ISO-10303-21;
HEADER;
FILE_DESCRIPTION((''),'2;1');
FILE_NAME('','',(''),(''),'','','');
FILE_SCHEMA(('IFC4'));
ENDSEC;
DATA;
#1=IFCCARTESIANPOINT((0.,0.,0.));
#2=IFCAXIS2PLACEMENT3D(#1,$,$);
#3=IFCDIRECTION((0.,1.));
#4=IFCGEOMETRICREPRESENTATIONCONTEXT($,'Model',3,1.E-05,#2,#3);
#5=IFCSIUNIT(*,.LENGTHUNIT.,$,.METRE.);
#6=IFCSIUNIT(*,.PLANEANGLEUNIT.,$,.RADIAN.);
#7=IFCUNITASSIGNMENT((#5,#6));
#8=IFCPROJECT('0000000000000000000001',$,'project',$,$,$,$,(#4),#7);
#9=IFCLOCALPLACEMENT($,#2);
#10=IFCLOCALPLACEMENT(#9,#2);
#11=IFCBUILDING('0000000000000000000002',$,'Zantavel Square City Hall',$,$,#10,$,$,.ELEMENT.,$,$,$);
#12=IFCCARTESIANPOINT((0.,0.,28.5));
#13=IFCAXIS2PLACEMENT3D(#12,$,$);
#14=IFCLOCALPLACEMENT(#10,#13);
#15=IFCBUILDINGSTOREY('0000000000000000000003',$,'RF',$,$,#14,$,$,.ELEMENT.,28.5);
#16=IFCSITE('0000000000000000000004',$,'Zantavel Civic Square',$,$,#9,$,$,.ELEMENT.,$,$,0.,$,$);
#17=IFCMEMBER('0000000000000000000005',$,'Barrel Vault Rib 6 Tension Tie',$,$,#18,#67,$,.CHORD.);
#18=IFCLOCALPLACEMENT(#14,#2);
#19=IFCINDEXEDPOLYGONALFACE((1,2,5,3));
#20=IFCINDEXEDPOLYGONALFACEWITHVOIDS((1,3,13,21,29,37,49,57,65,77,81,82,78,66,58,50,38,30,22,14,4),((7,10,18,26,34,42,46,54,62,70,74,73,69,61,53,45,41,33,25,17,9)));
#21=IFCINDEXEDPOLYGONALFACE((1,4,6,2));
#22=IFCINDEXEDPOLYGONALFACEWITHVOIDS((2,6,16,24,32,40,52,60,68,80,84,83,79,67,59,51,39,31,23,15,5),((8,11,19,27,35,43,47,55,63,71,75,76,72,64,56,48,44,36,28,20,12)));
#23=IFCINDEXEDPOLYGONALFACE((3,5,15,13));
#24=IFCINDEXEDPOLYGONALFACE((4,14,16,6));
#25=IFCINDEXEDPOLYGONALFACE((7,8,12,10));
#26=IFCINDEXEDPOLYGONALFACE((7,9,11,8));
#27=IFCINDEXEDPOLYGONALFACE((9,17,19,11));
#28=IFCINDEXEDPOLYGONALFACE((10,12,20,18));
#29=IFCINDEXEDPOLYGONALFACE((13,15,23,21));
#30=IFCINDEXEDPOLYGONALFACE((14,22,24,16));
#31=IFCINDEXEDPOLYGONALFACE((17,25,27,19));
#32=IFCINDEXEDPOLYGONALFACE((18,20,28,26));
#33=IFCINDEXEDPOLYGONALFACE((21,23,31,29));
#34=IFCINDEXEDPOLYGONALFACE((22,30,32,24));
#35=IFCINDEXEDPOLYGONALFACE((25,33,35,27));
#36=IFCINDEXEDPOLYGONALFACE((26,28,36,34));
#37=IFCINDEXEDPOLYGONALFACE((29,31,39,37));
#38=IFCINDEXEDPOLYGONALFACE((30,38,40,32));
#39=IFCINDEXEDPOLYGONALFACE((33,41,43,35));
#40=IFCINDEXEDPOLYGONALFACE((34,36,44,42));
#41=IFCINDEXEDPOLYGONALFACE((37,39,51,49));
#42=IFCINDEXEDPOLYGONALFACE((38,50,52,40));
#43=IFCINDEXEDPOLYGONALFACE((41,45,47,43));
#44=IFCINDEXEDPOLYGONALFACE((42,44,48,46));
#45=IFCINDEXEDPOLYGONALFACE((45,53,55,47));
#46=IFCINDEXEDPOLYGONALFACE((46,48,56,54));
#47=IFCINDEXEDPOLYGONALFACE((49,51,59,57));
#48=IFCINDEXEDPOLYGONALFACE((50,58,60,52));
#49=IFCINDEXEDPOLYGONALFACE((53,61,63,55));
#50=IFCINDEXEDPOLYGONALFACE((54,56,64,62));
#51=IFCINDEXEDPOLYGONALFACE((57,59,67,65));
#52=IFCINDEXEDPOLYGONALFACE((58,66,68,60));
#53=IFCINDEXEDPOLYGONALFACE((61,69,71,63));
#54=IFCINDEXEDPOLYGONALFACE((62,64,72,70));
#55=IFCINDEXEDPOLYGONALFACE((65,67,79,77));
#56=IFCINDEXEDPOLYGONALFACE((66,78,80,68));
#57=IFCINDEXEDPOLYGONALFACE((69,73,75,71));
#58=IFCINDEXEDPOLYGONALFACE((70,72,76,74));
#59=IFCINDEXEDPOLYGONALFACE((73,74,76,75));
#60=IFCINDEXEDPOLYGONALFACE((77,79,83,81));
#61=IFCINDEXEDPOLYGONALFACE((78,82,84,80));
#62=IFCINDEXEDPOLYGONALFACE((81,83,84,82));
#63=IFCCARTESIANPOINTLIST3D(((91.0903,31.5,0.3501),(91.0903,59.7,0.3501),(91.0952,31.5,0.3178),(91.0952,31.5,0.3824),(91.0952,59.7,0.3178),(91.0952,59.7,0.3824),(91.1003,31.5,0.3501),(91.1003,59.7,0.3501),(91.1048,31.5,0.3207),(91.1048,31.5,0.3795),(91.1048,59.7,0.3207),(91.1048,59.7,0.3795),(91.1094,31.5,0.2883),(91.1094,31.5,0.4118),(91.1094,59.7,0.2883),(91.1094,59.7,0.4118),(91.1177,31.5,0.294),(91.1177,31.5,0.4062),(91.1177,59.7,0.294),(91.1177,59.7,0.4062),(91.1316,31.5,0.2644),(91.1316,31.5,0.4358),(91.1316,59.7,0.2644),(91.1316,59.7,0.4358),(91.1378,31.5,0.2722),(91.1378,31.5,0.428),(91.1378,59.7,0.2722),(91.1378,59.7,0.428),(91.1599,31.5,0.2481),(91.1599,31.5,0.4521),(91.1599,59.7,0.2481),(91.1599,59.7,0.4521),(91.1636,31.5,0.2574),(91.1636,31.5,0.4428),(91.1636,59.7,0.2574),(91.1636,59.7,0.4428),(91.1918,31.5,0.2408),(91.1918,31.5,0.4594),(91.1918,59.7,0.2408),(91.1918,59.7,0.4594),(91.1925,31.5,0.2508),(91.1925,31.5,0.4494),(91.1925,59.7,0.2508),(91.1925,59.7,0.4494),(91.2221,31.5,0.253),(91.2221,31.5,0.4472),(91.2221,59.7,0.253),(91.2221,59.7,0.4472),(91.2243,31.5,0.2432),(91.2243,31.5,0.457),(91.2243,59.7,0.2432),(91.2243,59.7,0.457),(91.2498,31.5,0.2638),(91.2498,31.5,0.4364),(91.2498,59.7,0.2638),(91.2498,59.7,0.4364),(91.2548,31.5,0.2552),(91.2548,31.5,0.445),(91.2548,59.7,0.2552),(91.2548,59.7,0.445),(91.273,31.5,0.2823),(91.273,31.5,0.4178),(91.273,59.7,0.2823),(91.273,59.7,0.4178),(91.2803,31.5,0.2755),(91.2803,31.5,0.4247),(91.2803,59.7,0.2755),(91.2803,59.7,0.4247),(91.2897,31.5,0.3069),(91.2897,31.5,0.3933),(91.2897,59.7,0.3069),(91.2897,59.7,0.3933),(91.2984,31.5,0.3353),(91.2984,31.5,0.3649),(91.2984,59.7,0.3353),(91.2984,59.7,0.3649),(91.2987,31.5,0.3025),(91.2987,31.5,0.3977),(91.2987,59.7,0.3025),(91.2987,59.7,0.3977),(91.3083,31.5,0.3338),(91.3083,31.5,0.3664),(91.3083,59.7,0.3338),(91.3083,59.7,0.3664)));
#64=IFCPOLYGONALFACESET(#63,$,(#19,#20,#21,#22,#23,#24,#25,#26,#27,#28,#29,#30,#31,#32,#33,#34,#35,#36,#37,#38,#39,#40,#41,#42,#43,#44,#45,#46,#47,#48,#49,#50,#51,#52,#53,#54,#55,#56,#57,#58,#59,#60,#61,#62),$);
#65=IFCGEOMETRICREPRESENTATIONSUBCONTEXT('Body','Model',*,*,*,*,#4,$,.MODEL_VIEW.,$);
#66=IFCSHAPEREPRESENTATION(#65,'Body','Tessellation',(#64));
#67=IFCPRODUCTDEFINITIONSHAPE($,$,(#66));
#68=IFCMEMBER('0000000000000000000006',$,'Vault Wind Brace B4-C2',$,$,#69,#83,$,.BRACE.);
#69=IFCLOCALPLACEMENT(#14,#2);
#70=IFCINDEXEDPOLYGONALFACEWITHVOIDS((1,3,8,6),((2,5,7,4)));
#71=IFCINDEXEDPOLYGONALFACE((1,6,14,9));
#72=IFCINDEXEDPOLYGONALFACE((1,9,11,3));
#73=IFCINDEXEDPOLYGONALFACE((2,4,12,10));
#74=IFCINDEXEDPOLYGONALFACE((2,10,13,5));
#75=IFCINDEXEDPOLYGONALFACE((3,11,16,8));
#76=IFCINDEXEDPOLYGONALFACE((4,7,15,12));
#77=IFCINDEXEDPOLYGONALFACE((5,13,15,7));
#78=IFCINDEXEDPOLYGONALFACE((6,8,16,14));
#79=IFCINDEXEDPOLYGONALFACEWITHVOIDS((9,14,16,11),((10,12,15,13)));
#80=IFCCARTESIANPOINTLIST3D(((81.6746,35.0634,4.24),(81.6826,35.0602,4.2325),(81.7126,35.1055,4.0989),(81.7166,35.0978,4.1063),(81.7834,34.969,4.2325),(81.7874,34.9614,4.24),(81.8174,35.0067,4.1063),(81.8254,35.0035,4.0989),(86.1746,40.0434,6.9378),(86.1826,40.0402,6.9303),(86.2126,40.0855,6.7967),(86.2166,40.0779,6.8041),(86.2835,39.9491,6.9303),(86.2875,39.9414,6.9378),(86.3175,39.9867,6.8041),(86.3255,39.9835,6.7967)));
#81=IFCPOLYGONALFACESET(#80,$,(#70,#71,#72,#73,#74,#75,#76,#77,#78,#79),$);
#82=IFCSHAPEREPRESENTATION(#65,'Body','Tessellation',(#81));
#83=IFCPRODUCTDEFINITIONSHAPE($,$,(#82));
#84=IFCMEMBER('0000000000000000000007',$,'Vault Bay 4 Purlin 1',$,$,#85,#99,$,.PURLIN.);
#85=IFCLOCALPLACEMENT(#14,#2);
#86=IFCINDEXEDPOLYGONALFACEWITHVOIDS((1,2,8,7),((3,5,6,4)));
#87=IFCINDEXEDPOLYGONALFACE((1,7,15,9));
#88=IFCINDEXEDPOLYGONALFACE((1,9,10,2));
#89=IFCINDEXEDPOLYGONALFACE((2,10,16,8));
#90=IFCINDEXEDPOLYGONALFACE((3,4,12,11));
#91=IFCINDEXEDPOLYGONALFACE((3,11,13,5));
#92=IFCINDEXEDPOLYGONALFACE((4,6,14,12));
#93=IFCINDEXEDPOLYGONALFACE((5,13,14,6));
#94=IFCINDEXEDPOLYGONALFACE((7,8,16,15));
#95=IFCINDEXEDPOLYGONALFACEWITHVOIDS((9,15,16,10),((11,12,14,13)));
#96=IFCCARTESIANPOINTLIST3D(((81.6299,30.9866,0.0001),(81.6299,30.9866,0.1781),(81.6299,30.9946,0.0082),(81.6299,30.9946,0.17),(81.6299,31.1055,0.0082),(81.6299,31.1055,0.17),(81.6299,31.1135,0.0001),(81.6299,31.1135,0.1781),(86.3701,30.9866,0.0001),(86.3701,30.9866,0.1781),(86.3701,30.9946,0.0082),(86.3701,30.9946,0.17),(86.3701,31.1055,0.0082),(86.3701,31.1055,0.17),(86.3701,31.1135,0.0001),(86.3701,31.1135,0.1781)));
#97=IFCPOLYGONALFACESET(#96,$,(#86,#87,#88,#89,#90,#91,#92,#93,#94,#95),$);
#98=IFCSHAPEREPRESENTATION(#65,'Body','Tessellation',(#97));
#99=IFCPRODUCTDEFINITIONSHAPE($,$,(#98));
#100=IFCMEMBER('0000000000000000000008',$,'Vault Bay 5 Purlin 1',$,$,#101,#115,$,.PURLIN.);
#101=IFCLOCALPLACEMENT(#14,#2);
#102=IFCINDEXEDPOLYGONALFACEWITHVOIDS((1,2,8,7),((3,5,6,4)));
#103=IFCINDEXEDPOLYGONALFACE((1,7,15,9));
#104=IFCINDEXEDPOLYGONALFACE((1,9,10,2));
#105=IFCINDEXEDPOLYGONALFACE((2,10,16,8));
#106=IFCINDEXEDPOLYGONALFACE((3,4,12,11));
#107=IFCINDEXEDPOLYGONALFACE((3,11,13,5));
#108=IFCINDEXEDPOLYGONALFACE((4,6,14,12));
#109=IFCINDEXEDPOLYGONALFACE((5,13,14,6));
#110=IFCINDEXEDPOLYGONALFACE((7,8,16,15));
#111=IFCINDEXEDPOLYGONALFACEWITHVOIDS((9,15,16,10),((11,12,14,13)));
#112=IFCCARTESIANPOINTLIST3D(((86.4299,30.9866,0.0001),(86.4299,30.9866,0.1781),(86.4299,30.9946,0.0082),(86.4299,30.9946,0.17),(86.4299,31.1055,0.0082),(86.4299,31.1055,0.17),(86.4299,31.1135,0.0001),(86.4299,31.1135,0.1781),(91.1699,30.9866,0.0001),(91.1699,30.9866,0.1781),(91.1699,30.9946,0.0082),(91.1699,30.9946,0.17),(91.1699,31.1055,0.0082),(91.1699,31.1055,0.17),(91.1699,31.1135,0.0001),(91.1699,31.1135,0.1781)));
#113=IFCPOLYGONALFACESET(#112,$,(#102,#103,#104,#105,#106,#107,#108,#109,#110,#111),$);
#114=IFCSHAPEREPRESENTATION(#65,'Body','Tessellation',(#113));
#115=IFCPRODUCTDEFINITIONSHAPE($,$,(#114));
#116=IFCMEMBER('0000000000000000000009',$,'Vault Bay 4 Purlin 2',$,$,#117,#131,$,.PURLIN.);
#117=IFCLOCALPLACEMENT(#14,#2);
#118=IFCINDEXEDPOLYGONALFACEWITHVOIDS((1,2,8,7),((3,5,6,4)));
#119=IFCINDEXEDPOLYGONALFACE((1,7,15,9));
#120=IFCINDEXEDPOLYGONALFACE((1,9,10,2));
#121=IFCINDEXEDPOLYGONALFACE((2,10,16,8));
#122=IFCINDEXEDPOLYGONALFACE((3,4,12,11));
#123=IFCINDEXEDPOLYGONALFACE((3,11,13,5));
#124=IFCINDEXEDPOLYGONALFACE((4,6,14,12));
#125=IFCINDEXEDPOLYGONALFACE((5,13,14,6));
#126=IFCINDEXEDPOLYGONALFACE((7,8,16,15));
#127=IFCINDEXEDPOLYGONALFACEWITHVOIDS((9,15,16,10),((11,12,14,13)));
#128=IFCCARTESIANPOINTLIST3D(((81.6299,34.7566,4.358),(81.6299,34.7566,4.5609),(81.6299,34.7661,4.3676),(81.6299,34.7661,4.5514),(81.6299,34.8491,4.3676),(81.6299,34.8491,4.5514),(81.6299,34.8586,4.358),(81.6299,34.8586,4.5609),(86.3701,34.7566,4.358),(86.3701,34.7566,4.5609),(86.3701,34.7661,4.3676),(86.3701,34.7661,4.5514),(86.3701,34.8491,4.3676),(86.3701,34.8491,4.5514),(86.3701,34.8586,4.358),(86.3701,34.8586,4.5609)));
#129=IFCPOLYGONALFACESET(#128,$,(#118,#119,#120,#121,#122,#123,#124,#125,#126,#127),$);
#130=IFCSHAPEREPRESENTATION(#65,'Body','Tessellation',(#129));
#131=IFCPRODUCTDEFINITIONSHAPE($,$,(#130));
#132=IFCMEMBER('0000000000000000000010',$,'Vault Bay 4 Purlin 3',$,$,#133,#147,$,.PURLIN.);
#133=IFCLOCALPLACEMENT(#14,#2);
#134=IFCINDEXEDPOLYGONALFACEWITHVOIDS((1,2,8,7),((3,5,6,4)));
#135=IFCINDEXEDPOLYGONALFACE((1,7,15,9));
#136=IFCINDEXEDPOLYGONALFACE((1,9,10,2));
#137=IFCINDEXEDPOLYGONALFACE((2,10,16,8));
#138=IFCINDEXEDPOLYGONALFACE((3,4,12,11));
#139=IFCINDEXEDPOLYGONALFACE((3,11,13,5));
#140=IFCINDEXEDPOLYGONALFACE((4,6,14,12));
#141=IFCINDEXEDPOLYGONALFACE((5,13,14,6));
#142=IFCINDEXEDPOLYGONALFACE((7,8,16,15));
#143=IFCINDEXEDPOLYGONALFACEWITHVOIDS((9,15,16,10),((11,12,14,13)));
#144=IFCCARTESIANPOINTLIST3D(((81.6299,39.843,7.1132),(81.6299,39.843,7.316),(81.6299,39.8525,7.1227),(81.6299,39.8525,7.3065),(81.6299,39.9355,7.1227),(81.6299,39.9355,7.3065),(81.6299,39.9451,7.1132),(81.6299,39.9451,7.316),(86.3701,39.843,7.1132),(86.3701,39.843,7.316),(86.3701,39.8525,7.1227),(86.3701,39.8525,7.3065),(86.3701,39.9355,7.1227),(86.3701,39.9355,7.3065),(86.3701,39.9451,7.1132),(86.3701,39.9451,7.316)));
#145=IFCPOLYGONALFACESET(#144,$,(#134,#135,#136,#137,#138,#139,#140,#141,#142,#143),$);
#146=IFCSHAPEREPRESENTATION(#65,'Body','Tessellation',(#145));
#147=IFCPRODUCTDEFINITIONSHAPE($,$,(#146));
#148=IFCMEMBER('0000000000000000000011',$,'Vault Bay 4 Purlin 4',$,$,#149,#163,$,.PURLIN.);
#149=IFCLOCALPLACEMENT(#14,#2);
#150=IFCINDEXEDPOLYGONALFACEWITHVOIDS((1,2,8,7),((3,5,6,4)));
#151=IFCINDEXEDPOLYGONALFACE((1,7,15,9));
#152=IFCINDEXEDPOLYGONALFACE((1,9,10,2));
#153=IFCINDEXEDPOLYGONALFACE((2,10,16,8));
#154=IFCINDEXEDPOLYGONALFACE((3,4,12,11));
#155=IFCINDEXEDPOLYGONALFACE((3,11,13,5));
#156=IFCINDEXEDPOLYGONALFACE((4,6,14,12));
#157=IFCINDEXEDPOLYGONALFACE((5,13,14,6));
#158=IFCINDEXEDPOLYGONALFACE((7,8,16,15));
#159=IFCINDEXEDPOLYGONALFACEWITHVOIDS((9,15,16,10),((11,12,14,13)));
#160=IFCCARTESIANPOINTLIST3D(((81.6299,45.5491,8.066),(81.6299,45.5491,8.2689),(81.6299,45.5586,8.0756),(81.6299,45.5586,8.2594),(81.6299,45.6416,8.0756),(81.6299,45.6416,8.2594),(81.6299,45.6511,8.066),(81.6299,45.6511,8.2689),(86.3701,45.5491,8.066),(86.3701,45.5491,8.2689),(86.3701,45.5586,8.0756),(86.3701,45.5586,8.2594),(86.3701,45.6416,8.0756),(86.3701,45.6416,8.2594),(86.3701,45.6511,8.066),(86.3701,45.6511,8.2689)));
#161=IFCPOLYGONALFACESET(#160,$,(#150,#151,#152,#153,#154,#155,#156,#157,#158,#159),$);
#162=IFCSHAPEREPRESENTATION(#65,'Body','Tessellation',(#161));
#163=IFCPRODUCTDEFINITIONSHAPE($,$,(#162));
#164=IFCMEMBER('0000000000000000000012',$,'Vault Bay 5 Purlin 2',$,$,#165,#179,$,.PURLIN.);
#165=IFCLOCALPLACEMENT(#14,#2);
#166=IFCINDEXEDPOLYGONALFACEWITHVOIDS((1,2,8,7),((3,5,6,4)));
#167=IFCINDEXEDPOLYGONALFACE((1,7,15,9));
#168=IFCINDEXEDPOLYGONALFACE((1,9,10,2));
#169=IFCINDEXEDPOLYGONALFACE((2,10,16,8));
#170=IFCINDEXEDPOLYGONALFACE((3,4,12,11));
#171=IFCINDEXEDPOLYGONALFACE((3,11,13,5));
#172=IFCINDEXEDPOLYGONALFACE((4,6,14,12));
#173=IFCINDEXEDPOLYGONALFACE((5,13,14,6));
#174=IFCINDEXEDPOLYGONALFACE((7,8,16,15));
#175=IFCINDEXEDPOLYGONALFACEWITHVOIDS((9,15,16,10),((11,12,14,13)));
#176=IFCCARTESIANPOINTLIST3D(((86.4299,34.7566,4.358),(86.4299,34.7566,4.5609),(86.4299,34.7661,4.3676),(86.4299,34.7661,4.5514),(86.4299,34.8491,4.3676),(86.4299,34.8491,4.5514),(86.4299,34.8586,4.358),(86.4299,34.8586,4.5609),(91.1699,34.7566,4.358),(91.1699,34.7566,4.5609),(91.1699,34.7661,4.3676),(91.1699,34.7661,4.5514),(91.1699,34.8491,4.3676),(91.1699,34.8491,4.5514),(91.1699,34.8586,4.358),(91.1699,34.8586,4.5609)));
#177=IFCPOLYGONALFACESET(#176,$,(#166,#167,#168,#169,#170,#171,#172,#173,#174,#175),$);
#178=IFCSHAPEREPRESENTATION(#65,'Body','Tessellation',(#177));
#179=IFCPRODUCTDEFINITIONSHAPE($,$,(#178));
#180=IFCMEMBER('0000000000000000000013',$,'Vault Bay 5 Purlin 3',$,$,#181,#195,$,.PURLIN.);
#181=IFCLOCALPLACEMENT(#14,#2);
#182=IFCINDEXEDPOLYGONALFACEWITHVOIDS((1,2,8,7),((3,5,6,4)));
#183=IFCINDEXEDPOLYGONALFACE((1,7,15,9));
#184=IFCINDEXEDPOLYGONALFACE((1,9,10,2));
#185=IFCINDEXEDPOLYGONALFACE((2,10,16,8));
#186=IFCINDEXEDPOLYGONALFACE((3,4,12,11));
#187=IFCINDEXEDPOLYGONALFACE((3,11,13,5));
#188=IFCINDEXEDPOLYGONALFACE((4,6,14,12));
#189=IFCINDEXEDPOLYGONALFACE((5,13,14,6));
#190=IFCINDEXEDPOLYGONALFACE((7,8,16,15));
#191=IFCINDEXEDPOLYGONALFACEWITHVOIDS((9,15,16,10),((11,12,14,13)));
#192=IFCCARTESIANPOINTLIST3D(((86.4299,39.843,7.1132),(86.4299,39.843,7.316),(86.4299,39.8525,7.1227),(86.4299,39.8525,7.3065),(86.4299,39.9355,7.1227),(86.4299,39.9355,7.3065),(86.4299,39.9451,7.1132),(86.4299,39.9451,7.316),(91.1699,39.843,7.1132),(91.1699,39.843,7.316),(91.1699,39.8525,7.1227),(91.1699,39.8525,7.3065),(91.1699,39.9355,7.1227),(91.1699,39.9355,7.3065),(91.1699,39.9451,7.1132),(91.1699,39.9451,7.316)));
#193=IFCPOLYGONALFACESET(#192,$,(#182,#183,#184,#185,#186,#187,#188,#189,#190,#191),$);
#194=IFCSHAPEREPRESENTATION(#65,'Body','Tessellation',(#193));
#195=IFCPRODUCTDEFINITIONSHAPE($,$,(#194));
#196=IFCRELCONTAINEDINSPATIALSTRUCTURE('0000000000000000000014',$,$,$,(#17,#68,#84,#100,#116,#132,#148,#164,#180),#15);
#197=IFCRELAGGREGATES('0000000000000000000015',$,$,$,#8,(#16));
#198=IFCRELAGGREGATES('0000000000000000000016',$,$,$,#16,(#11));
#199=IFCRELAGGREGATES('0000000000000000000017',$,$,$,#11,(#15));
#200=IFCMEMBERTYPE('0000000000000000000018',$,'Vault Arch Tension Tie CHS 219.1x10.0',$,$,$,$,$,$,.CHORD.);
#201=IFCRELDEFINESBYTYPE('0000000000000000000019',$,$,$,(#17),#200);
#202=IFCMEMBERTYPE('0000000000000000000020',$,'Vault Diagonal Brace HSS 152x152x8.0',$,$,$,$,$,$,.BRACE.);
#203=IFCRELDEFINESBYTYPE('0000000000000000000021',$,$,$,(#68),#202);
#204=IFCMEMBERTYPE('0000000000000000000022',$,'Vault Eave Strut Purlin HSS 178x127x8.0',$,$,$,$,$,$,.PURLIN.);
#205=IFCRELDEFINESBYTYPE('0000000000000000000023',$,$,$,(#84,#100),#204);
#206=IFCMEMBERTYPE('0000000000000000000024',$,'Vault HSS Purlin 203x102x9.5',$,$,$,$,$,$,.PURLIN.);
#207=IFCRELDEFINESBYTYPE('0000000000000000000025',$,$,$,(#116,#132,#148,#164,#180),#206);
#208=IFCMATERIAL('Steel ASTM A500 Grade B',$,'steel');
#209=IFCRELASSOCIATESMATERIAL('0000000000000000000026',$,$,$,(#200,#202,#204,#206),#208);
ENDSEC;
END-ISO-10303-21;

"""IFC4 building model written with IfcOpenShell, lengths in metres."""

from ifc_helpers import new_model, si_unit, direction, frame, origin, origin_2d, place, context, subcontext, project, spatial, hollow_rectangle, hollow_circle, extrude, material, material_profile, profile_set, type_object, element, save


model = new_model("IFC4")

# Units and contexts
model_context = context("Model", 3, precision=1e-05, world=origin(), true_north=direction((0.0, 1.0)))
body_context = subcontext(model_context, "Body", "Model", "MODEL_VIEW")
ifc_project = project(units=[si_unit("LENGTHUNIT", "METRE"), si_unit("PLANEANGLEUNIT", "RADIAN")], contexts=[model_context])

# Site, building, storey
site_placement = place(None, origin())
site = spatial("IfcSite", under=ifc_project, at=site_placement, Name="Zantavel Civic Square", CompositionType="ELEMENT", RefElevation=0.0)
building_placement = place(site_placement, origin())
building = spatial("IfcBuilding", under=site, at=building_placement, Name="Zantavel Square City Hall", CompositionType="ELEMENT")
storey_placement = place(building_placement, frame((0.0, 0.0, 28.5)))
storey = spatial("IfcBuildingStorey", under=building, at=storey_placement, Name="RF", CompositionType="ELEMENT", Elevation=28.5)

# Members
ifc_material_1 = material(Name="Steel ASTM A500 Grade B", Category="steel")
ifc_material_profile_1 = material_profile(ifc_material_1, hollow_circle(Radius=0.1096, WallThickness=0.01, at=origin_2d()), Name="CHS 219.1x10.0")
ifc_profile_set_1 = profile_set([ifc_material_profile_1], Name="Steel ASTM A500 Grade B")
member_type_1 = type_object("IfcMemberType", Name="Vault Arch Tension Tie CHS 219.1x10.0", PredefinedType="CHORD", material=ifc_profile_set_1)
for number, where, z_axis, x_axis, name in (
    (1, (91.2, 31.5, 0.3501), (0.0, 1.0, 0.0), (-1.0, 0.0, 0.0), "Barrel Vault Rib 6 Tension Tie"),
):
    element("IfcMember", number, at=place(storey_placement, frame(where, z_axis=z_axis, x_axis=x_axis)), inside=storey, type_object=member_type_1, Name=name, PredefinedType="CHORD", context=body_context, shape_type="SweptSolid", body=[
        extrude(hollow_circle(Radius=0.1096, WallThickness=0.01, at=origin_2d()), origin(), (0.0, 0.0, 1.0), 28.2),
    ])
ifc_material_profile_2 = material_profile(ifc_material_1, hollow_rectangle(XDim=0.1521, YDim=0.1521, WallThickness=0.0081, at=origin_2d()), Name="HSS 152x152x8.0")
ifc_profile_set_2 = profile_set([ifc_material_profile_2], Name="Steel ASTM A500 Grade B")
member_type_2 = type_object("IfcMemberType", Name="Vault Diagonal Brace HSS 152x152x8.0", PredefinedType="BRACE", material=ifc_profile_set_2)
member_1_placement = place(storey_placement, frame((81.75, 35.0334, 4.1694), z_axis=(0.622078, 0.688431, 0.372937), x_axis=(-0.741958, 0.670446, 0.0)))
element("IfcMember", 2, at=member_1_placement, inside=storey, type_object=member_type_2, Name="Vault Wind Brace B4-C2", PredefinedType="BRACE", context=body_context, shape_type="SweptSolid", body=[
    extrude(hollow_rectangle(XDim=0.1521, YDim=0.1521, WallThickness=0.0081, at=origin_2d()), origin(), (0.0, 0.0, 1.0), 7.2339),
])
ifc_material_profile_3 = material_profile(ifc_material_1, hollow_rectangle(XDim=0.127, YDim=0.178, WallThickness=0.0081, at=origin_2d()), Name="HSS 178x127x8.0")
ifc_profile_set_3 = profile_set([ifc_material_profile_3], Name="Steel ASTM A500 Grade B")
member_type_3 = type_object("IfcMemberType", Name="Vault Eave Strut Purlin HSS 178x127x8.0", PredefinedType="PURLIN", material=ifc_profile_set_3)
member_2_placement = place(storey_placement, frame((81.6299, 31.05, 0.0891), z_axis=(1.0, 0.0, 0.0), x_axis=(0.0, 1.0, 0.0)))
element("IfcMember", 3, at=member_2_placement, inside=storey, type_object=member_type_3, Name="Vault Bay 4 Purlin 1", PredefinedType="PURLIN", context=body_context, shape_type="SweptSolid", body=[
    extrude(hollow_rectangle(XDim=0.127, YDim=0.178, WallThickness=0.0081, at=origin_2d()), origin(), (0.0, 0.0, 1.0), 4.7402),
])
member_3_placement = place(storey_placement, frame((86.4299, 31.05, 0.0891), z_axis=(1.0, 0.0, 0.0), x_axis=(0.0, 1.0, 0.0)))
element("IfcMember", 4, at=member_3_placement, inside=storey, type_object=member_type_3, Name="Vault Bay 5 Purlin 1", PredefinedType="PURLIN", context=body_context, shape_type="SweptSolid", body=[
    extrude(hollow_rectangle(XDim=0.127, YDim=0.178, WallThickness=0.0081, at=origin_2d()), origin(), (0.0, 0.0, 1.0), 4.74),
])
ifc_material_profile_4 = material_profile(ifc_material_1, hollow_rectangle(XDim=0.1021, YDim=0.2029, WallThickness=0.0095, at=origin_2d()), Name="HSS 203x102x9.5")
ifc_profile_set_4 = profile_set([ifc_material_profile_4], Name="Steel ASTM A500 Grade B")
member_type_4 = type_object("IfcMemberType", Name="Vault HSS Purlin 203x102x9.5", PredefinedType="PURLIN", material=ifc_profile_set_4)
for number, where, z_axis, x_axis, name in (
    (5, (81.6299, 34.8076, 4.4595), (1.0, 0.0, 0.0), (0.0, 1.0, 0.0), "Vault Bay 4 Purlin 2"),
    (6, (81.6299, 39.894, 7.2146), (1.0, 0.0, 0.0), (0.0, 1.0, 0.0), "Vault Bay 4 Purlin 3"),
    (7, (81.6299, 45.6001, 8.1675), (1.0, 0.0, 0.0), (0.0, 1.0, 0.0), "Vault Bay 4 Purlin 4"),
):
    element("IfcMember", number, at=place(storey_placement, frame(where, z_axis=z_axis, x_axis=x_axis)), inside=storey, type_object=member_type_4, Name=name, PredefinedType="PURLIN", context=body_context, shape_type="SweptSolid", body=[
        extrude(hollow_rectangle(XDim=0.1021, YDim=0.2029, WallThickness=0.0095, at=origin_2d()), origin(), (0.0, 0.0, 1.0), 4.7402),
    ])
for number, where, z_axis, x_axis, name in (
    (8, (86.4299, 34.8076, 4.4595), (1.0, 0.0, 0.0), (0.0, 1.0, 0.0), "Vault Bay 5 Purlin 2"),
    (9, (86.4299, 39.894, 7.2146), (1.0, 0.0, 0.0), (0.0, 1.0, 0.0), "Vault Bay 5 Purlin 3"),
):
    element("IfcMember", number, at=place(storey_placement, frame(where, z_axis=z_axis, x_axis=x_axis)), inside=storey, type_object=member_type_4, Name=name, PredefinedType="PURLIN", context=body_context, shape_type="SweptSolid", body=[
        extrude(hollow_rectangle(XDim=0.1021, YDim=0.2029, WallThickness=0.0095, at=origin_2d()), origin(), (0.0, 0.0, 1.0), 4.74),
    ])

save(model, "model.ifc")
